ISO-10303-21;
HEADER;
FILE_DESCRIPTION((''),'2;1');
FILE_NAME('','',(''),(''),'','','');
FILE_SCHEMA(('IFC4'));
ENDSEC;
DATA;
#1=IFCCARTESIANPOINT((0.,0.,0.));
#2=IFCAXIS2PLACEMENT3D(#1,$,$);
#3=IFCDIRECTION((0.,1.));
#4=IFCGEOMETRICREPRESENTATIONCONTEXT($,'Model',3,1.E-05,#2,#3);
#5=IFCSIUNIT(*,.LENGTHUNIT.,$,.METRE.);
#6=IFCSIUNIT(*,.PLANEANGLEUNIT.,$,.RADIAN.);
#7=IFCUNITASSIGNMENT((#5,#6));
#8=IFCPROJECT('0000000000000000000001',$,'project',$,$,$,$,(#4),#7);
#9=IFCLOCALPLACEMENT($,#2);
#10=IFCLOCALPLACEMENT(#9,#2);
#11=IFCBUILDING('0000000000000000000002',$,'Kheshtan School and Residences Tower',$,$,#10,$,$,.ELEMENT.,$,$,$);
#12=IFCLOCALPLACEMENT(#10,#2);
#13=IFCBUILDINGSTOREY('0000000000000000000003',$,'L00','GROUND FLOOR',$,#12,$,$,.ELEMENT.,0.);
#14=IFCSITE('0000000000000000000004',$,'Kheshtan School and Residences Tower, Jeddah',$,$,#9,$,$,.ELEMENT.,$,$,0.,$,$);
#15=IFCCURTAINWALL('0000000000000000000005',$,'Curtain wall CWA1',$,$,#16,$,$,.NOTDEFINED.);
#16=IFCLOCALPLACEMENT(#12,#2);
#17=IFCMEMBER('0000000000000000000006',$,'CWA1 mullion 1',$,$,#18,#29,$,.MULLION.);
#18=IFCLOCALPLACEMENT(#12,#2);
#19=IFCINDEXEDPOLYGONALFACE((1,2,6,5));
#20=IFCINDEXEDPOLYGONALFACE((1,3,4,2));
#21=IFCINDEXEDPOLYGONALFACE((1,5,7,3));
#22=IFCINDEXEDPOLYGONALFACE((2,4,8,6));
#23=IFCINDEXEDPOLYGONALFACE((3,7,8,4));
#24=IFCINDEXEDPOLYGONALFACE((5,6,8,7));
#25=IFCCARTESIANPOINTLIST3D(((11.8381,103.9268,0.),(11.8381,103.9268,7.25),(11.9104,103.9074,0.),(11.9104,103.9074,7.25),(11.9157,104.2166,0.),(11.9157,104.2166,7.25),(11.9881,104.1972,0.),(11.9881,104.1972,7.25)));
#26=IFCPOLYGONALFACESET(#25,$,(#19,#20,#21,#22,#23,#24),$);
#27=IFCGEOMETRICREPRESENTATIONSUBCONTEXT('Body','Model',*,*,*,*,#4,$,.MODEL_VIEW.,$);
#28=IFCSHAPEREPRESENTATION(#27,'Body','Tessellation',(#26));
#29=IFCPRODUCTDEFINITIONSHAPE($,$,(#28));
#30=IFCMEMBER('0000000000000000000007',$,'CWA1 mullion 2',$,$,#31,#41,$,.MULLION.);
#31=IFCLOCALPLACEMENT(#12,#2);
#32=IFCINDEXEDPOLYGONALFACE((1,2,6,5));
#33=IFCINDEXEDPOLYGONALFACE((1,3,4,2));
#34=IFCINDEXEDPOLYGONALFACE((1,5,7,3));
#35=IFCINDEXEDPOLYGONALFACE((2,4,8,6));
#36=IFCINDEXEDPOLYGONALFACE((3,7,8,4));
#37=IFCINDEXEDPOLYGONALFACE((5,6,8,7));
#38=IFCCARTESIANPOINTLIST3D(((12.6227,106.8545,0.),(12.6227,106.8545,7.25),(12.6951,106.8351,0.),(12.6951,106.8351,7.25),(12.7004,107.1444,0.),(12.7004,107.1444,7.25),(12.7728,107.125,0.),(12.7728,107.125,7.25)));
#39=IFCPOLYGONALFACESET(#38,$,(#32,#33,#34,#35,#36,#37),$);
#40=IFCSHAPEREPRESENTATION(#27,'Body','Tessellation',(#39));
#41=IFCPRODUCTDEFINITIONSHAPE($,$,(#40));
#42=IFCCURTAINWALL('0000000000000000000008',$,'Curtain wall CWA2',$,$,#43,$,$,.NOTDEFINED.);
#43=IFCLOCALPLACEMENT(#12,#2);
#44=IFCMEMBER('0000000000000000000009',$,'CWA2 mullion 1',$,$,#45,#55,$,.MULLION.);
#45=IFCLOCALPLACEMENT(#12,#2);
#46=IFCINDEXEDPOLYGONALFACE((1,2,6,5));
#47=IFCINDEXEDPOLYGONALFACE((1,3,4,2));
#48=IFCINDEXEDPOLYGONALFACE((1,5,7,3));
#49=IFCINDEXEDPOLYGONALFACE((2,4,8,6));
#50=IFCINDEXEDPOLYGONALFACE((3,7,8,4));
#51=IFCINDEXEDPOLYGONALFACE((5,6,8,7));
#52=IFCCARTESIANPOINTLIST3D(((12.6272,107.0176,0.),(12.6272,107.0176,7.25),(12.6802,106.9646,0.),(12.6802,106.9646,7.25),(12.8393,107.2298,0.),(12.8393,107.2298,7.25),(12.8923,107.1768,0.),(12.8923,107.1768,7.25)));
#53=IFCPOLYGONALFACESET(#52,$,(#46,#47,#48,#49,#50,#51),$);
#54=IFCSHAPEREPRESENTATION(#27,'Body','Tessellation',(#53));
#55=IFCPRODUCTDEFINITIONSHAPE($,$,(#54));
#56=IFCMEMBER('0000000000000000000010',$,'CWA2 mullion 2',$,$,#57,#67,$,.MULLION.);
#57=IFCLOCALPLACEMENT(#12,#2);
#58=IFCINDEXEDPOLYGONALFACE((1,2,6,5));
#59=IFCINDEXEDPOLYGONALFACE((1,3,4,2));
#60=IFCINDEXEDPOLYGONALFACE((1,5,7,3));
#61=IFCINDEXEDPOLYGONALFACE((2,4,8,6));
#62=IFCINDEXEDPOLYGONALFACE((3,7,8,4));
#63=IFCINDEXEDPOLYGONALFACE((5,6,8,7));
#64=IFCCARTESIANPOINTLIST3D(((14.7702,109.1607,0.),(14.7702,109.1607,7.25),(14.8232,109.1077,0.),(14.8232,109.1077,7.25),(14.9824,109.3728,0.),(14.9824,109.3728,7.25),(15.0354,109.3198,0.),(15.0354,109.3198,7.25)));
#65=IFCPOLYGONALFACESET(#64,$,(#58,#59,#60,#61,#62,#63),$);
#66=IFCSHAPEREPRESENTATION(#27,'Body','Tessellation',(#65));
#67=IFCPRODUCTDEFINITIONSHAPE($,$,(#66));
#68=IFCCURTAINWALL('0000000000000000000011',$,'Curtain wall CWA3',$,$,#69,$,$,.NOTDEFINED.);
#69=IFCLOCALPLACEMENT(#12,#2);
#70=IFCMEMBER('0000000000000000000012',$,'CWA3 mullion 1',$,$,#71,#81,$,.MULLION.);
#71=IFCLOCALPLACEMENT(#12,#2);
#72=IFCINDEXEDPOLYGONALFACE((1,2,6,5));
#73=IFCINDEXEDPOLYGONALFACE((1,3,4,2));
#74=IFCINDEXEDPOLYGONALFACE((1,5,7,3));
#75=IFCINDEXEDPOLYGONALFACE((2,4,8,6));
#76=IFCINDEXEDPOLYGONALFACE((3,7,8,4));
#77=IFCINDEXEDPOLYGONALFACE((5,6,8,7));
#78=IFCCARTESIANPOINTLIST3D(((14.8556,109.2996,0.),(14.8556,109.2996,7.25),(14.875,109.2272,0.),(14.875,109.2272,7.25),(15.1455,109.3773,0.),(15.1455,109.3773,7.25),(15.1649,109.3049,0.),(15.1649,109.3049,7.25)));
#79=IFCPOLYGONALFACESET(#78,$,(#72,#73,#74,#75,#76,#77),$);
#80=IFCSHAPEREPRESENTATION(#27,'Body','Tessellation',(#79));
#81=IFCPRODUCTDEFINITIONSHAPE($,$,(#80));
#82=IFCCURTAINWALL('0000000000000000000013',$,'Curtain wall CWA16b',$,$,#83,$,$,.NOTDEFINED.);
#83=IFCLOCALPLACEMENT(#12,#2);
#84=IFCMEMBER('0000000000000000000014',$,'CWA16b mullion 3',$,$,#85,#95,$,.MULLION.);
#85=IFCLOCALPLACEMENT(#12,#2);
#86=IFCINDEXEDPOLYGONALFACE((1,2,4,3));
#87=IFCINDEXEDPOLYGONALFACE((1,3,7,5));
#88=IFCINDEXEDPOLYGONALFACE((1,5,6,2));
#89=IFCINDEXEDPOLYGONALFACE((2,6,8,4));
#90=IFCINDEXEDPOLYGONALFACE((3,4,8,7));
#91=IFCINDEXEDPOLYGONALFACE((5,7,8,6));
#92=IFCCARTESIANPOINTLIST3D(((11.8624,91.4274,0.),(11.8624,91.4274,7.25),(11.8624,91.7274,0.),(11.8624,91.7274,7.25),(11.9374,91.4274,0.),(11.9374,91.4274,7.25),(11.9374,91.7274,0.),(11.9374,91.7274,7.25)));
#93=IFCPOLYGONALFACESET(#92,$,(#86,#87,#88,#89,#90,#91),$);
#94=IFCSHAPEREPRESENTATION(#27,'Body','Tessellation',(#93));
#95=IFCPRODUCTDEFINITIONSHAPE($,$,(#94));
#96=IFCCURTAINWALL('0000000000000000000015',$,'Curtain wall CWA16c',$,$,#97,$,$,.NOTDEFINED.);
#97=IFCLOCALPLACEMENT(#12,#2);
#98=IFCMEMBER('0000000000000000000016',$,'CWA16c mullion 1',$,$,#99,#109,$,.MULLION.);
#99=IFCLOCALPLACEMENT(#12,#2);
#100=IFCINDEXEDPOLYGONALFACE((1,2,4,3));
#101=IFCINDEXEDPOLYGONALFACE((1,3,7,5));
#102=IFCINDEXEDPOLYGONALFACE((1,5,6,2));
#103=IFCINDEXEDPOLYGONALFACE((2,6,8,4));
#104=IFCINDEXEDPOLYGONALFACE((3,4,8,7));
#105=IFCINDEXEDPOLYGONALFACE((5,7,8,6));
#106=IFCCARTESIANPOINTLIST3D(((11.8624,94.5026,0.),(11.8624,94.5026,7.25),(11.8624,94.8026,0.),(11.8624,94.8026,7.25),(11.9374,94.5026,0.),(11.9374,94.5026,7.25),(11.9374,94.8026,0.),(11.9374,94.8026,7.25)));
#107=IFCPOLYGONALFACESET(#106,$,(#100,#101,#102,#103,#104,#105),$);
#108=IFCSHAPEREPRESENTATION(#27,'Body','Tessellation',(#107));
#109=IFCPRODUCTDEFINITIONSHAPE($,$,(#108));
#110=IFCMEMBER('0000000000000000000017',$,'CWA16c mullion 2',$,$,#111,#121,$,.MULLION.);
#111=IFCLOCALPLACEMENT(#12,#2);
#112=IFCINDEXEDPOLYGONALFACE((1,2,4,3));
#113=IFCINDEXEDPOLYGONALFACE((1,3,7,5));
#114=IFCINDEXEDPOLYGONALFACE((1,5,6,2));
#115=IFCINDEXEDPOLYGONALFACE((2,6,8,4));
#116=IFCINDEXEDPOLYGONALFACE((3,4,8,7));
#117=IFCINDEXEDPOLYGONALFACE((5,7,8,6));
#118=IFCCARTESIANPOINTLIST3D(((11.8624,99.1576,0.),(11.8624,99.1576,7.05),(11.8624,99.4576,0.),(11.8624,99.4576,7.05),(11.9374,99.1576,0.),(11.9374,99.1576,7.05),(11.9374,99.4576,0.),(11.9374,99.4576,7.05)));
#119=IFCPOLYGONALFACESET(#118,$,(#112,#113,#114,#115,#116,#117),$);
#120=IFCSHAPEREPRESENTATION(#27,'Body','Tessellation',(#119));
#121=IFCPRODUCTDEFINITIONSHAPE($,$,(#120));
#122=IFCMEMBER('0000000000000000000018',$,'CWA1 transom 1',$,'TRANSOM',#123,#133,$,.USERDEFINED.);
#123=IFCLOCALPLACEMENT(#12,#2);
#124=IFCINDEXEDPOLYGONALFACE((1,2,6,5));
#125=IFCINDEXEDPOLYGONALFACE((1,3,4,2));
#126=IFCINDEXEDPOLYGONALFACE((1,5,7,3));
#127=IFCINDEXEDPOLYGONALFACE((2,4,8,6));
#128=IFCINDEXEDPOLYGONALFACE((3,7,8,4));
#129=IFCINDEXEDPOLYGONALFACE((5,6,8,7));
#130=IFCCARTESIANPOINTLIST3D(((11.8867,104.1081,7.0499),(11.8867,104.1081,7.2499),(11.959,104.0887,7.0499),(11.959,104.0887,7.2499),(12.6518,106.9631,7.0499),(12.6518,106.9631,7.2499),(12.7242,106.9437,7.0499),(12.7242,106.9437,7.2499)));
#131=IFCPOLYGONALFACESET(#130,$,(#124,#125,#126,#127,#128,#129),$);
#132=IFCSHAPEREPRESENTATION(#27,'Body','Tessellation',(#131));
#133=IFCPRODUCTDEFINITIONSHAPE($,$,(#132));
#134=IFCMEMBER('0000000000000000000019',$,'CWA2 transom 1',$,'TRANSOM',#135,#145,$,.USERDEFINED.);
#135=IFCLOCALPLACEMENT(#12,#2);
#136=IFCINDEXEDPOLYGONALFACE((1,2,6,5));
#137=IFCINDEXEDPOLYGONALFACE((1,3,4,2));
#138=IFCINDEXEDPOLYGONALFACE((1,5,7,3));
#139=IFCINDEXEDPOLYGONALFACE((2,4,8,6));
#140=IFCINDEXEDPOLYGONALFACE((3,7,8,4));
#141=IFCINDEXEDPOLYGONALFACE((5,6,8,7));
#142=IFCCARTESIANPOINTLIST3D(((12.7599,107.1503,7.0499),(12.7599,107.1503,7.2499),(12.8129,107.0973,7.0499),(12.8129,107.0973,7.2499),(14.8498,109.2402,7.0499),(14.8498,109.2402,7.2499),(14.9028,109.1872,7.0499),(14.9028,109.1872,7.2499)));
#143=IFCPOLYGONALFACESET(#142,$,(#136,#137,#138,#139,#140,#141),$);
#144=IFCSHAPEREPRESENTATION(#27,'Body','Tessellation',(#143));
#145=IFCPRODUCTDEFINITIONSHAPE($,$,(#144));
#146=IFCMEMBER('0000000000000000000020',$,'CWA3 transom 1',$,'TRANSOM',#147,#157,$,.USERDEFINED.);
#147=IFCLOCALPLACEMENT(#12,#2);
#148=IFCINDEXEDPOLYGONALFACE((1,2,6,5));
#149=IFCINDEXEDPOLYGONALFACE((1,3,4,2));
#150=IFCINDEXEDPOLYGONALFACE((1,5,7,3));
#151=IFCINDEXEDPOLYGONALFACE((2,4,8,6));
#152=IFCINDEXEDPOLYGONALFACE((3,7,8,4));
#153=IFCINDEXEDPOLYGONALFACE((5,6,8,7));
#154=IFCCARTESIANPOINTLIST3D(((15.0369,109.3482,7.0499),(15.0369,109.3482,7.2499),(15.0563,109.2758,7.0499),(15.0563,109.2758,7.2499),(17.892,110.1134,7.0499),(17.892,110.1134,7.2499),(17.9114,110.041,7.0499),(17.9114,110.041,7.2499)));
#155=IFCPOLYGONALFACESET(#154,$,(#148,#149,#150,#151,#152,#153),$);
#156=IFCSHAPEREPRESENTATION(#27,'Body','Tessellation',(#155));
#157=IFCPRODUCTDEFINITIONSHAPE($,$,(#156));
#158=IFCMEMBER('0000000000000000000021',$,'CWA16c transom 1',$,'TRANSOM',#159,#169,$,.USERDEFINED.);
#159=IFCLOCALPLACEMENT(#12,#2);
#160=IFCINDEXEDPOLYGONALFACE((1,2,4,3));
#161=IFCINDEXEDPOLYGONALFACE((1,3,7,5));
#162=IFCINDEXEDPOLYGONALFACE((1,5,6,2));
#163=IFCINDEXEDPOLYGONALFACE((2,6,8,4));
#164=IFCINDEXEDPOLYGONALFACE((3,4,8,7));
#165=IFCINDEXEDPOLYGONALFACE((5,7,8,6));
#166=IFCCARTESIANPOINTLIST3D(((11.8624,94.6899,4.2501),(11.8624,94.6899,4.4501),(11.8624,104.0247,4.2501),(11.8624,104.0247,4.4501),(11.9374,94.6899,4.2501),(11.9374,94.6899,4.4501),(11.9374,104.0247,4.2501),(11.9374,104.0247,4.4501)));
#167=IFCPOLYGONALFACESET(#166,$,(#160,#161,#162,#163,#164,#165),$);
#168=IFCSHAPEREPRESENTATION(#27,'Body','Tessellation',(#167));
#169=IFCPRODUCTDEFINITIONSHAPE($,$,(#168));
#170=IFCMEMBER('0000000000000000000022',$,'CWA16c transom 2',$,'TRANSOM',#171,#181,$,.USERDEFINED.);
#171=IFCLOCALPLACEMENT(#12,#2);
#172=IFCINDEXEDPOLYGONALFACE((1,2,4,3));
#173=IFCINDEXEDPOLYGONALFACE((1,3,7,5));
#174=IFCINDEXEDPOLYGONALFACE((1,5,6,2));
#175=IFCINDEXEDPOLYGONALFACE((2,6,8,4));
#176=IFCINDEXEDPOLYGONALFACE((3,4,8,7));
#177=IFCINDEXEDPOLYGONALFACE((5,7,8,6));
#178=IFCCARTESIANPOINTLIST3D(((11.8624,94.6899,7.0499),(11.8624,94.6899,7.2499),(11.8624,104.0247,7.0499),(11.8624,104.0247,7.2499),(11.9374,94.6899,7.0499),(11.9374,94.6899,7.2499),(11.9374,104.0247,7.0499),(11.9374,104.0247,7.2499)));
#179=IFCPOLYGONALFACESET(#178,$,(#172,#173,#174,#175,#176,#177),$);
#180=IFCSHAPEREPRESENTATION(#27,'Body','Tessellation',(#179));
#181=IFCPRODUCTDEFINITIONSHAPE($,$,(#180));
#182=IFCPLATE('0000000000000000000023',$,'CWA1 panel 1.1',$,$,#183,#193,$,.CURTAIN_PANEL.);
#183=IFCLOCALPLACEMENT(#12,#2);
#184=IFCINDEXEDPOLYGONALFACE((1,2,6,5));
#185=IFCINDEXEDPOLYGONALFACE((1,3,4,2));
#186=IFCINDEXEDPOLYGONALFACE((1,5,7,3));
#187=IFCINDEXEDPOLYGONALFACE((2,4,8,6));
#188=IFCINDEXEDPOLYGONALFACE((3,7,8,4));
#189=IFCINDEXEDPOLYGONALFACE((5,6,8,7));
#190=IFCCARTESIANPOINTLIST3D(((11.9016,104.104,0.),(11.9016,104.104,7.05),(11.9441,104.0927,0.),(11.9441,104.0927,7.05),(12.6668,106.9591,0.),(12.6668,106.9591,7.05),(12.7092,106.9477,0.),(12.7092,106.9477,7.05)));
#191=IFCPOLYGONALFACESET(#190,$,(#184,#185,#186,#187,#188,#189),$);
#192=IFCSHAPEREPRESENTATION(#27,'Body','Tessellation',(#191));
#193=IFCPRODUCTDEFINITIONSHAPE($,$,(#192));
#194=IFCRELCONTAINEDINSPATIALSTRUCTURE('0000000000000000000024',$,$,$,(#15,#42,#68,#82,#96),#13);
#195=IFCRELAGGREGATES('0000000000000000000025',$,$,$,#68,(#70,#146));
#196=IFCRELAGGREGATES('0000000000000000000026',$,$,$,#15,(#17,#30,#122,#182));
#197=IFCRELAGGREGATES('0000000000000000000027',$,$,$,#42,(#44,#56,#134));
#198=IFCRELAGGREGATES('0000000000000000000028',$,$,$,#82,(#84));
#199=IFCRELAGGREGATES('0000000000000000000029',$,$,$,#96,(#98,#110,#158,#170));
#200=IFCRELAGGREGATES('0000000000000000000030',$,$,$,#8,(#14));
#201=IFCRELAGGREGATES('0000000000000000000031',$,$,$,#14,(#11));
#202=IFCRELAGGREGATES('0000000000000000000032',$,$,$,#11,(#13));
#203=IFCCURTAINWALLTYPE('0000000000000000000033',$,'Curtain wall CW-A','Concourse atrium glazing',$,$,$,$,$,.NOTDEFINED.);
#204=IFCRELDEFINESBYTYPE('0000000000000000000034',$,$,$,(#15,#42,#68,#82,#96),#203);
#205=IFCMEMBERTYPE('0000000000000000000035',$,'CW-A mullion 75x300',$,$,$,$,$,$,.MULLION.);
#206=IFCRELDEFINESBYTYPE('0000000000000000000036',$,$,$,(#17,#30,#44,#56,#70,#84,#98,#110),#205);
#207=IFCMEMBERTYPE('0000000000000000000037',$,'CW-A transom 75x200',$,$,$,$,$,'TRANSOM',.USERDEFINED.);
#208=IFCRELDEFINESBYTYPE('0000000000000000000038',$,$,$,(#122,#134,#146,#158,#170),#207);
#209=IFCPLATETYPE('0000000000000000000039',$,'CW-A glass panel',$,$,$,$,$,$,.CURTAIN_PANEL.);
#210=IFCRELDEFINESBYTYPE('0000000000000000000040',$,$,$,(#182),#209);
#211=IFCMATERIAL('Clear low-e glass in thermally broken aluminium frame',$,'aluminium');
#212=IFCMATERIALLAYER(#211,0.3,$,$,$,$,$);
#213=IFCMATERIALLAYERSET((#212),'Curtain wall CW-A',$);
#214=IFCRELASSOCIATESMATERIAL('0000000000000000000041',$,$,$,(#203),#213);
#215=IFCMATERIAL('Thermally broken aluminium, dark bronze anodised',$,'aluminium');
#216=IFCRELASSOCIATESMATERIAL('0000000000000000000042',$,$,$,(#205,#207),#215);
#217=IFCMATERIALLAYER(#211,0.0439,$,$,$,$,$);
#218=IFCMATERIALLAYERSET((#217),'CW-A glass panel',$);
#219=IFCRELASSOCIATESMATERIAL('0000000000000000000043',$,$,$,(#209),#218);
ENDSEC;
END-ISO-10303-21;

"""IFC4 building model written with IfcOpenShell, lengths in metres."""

from ifc_helpers import new_model, si_unit, direction, frame, origin, origin_2d, place, context, subcontext, project, spatial, rectangle, extrude, material, layer, layer_set, material_profile, profile_set, type_object, element, aggregate, save


model = new_model("IFC4")

# Units and contexts
model_context = context("Model", 3, precision=1e-05, world=origin(), true_north=direction((0.0, 1.0)))
body_context = subcontext(model_context, "Body", "Model", "MODEL_VIEW")
ifc_project = project(units=[si_unit("LENGTHUNIT", "METRE"), si_unit("PLANEANGLEUNIT", "RADIAN")], contexts=[model_context])

# Site, building, storey
site_placement = place(None, origin())
site = spatial("IfcSite", under=ifc_project, at=site_placement, Name="Kheshtan School and Residences Tower, Jeddah", CompositionType="ELEMENT", RefElevation=0.0)
building_placement = place(site_placement, origin())
building = spatial("IfcBuilding", under=site, at=building_placement, Name="Kheshtan School and Residences Tower", CompositionType="ELEMENT")
storey_placement = place(building_placement, origin())
storey = spatial("IfcBuildingStorey", under=building, at=storey_placement, Name="L00", Description="GROUND FLOOR", CompositionType="ELEMENT", Elevation=0.0)

# Curtain walls, members
ifc_material_1 = material(Name="Clear low-e glass in thermally broken aluminium frame", Category="aluminium")
ifc_layer_1 = layer(ifc_material_1, 0.3)
ifc_layer_set_1 = layer_set([ifc_layer_1], Name="Curtain wall CW-A")
curtain_wall_type = type_object("IfcCurtainWallType", Name="Curtain wall CW-A", Description="Concourse atrium glazing", PredefinedType="NOTDEFINED", material=ifc_layer_set_1)
curtain_wall_1_placement = place(storey_placement, origin())
curtain_wall_1 = element("IfcCurtainWall", 1, at=curtain_wall_1_placement, inside=storey, type_object=curtain_wall_type, Name="Curtain wall CWA1", PredefinedType="NOTDEFINED")
ifc_material_2 = material(Name="Thermally broken aluminium, dark bronze anodised", Category="aluminium")
ifc_material_profile_1 = material_profile(ifc_material_2, rectangle(XDim=0.075, YDim=0.3, at=origin_2d()), Name="CW-A mullion 75x300")
ifc_profile_set_1 = profile_set([ifc_material_profile_1], Name="Thermally broken aluminium, dark bronze anodised")
member_type_1 = type_object("IfcMemberType", Name="CW-A mullion 75x300", PredefinedType="MULLION", material=ifc_profile_set_1)
member_1_placement = place(storey_placement, frame((11.9131, 104.062, 0.0), z_axis=(0.0, 0.0, 1.0), x_axis=(-0.965914, 0.258865, 0.0)))
member_1 = element("IfcMember", 2, at=member_1_placement, type_object=member_type_1, Name="CWA1 mullion 1", PredefinedType="MULLION", context=body_context, shape_type="SweptSolid", body=[
    extrude(rectangle(XDim=0.075, YDim=0.3, at=origin_2d()), origin(), (0.0, 0.0, 1.0), 7.25),
])
member_2_placement = place(storey_placement, frame((12.6978, 106.9897, 0.0), z_axis=(0.0, 0.0, 1.0), x_axis=(-0.965914, 0.258865, 0.0)))
member_2 = element("IfcMember", 3, at=member_2_placement, type_object=member_type_1, Name="CWA1 mullion 2", PredefinedType="MULLION", context=body_context, shape_type="SweptSolid", body=[
    extrude(rectangle(XDim=0.075, YDim=0.3, at=origin_2d()), origin(), (0.0, 0.0, 1.0), 7.25),
])
curtain_wall_2_placement = place(storey_placement, origin())
curtain_wall_2 = element("IfcCurtainWall", 4, at=curtain_wall_2_placement, inside=storey, type_object=curtain_wall_type, Name="Curtain wall CWA2", PredefinedType="NOTDEFINED")
member_3_placement = place(storey_placement, frame((12.7598, 107.0972, 0.0), z_axis=(0.0, 0.0, 1.0), x_axis=(-0.707107, 0.707107, 0.0)))
member_3 = element("IfcMember", 5, at=member_3_placement, type_object=member_type_1, Name="CWA2 mullion 1", PredefinedType="MULLION", context=body_context, shape_type="SweptSolid", body=[
    extrude(rectangle(XDim=0.075, YDim=0.3, at=origin_2d()), origin(), (0.0, 0.0, 1.0), 7.25),
])
member_4_placement = place(storey_placement, frame((14.9028, 109.2402, 0.0), z_axis=(0.0, 0.0, 1.0), x_axis=(-0.707107, 0.707107, 0.0)))
member_4 = element("IfcMember", 6, at=member_4_placement, type_object=member_type_1, Name="CWA2 mullion 2", PredefinedType="MULLION", context=body_context, shape_type="SweptSolid", body=[
    extrude(rectangle(XDim=0.075, YDim=0.3, at=origin_2d()), origin(), (0.0, 0.0, 1.0), 7.25),
])

# Curtain walls, members
curtain_wall_3_placement = place(storey_placement, origin())
curtain_wall_3 = element("IfcCurtainWall", 7, at=curtain_wall_3_placement, inside=storey, type_object=curtain_wall_type, Name="Curtain wall CWA3", PredefinedType="NOTDEFINED")
member_5_placement = place(storey_placement, frame((15.0103, 109.3022, 0.0), z_axis=(0.0, 0.0, 1.0), x_axis=(-0.258865, 0.965914, 0.0)))
member_5 = element("IfcMember", 8, at=member_5_placement, type_object=member_type_1, Name="CWA3 mullion 1", PredefinedType="MULLION", context=body_context, shape_type="SweptSolid", body=[
    extrude(rectangle(XDim=0.075, YDim=0.3, at=origin_2d()), origin(), (0.0, 0.0, 1.0), 7.25),
])
curtain_wall_4_placement = place(storey_placement, origin())
curtain_wall_4 = element("IfcCurtainWall", 9, at=curtain_wall_4_placement, inside=storey, type_object=curtain_wall_type, Name="Curtain wall CWA16b", PredefinedType="NOTDEFINED")
member_6_placement = place(storey_placement, frame((11.8999, 91.5774, 0.0), z_axis=(0.0, 0.0, 1.0), x_axis=(-1.0, 0.0, 0.0)))
member_6 = element("IfcMember", 10, at=member_6_placement, type_object=member_type_1, Name="CWA16b mullion 3", PredefinedType="MULLION", context=body_context, shape_type="SweptSolid", body=[
    extrude(rectangle(XDim=0.075, YDim=0.3, at=origin_2d()), origin(), (0.0, 0.0, 1.0), 7.25),
])

# Curtain wall, members
curtain_wall_5_placement = place(storey_placement, origin())
curtain_wall_5 = element("IfcCurtainWall", 11, at=curtain_wall_5_placement, inside=storey, type_object=curtain_wall_type, Name="Curtain wall CWA16c", PredefinedType="NOTDEFINED")
member_7_placement = place(storey_placement, frame((11.8999, 94.6526, 0.0), z_axis=(0.0, 0.0, 1.0), x_axis=(-1.0, 0.0, 0.0)))
member_7 = element("IfcMember", 12, at=member_7_placement, type_object=member_type_1, Name="CWA16c mullion 1", PredefinedType="MULLION", context=body_context, shape_type="SweptSolid", body=[
    extrude(rectangle(XDim=0.075, YDim=0.3, at=origin_2d()), origin(), (0.0, 0.0, 1.0), 7.25),
])
member_8_placement = place(storey_placement, frame((11.8999, 99.3076, 0.0), z_axis=(0.0, 0.0, 1.0), x_axis=(-1.0, 0.0, 0.0)))
member_8 = element("IfcMember", 13, at=member_8_placement, type_object=member_type_1, Name="CWA16c mullion 2", PredefinedType="MULLION", context=body_context, shape_type="SweptSolid", body=[
    extrude(rectangle(XDim=0.075, YDim=0.3, at=origin_2d()), origin(), (0.0, 0.0, 1.0), 7.05),
])

# Members
ifc_material_profile_2 = material_profile(ifc_material_2, rectangle(XDim=0.075, YDim=0.2, at=origin_2d()), Name="CW-A transom 75x200")
ifc_profile_set_2 = profile_set([ifc_material_profile_2], Name="Thermally broken aluminium, dark bronze anodised")
member_type_2 = type_object("IfcMemberType", Name="CW-A transom 75x200", ElementType="TRANSOM", PredefinedType="USERDEFINED", material=ifc_profile_set_2)
member_9_placement = place(storey_placement, frame((11.9229, 104.0984, 7.1499), z_axis=(0.258865, 0.965913, 0.0), x_axis=(-0.965913, 0.258865, 0.0)))
member_9 = element("IfcMember", 14, at=member_9_placement, type_object=member_type_2, Name="CWA1 transom 1", ObjectType="TRANSOM", PredefinedType="USERDEFINED", context=body_context, shape_type="SweptSolid", body=[
    extrude(rectangle(XDim=0.075, YDim=0.2, at=origin_2d()), origin(), (0.0, 0.0, 1.0), 2.9558),
])
member_10_placement = place(storey_placement, frame((12.7864, 107.1238, 7.1499), z_axis=(0.707107, 0.707107, 0.0), x_axis=(-0.707107, 0.707107, 0.0)))
member_10 = element("IfcMember", 15, at=member_10_placement, type_object=member_type_2, Name="CWA2 transom 1", ObjectType="TRANSOM", PredefinedType="USERDEFINED", context=body_context, shape_type="SweptSolid", body=[
    extrude(rectangle(XDim=0.075, YDim=0.2, at=origin_2d()), origin(), (0.0, 0.0, 1.0), 2.9556),
])
member_11_placement = place(storey_placement, frame((15.0466, 109.312, 7.1499), z_axis=(0.965913, 0.258865, 0.0), x_axis=(-0.258865, 0.965913, 0.0)))
member_11 = element("IfcMember", 16, at=member_11_placement, type_object=member_type_2, Name="CWA3 transom 1", ObjectType="TRANSOM", PredefinedType="USERDEFINED", context=body_context, shape_type="SweptSolid", body=[
    extrude(rectangle(XDim=0.075, YDim=0.2, at=origin_2d()), origin(), (0.0, 0.0, 1.0), 2.9558),
])
aggregate(curtain_wall_3, [member_5, member_11])
member_12_placement = place(storey_placement, frame((11.8999, 94.6899, 4.3501), z_axis=(0.0, 1.0, 0.0), x_axis=(-1.0, 0.0, 0.0)))
member_12 = element("IfcMember", 17, at=member_12_placement, type_object=member_type_2, Name="CWA16c transom 1", ObjectType="TRANSOM", PredefinedType="USERDEFINED", context=body_context, shape_type="SweptSolid", body=[
    extrude(rectangle(XDim=0.075, YDim=0.2, at=origin_2d()), origin(), (0.0, 0.0, 1.0), 9.3347),
])
member_13_placement = place(storey_placement, frame((11.8999, 94.6899, 7.1499), z_axis=(0.0, 1.0, 0.0), x_axis=(-1.0, 0.0, 0.0)))
member_13 = element("IfcMember", 18, at=member_13_placement, type_object=member_type_2, Name="CWA16c transom 2", ObjectType="TRANSOM", PredefinedType="USERDEFINED", context=body_context, shape_type="SweptSolid", body=[
    extrude(rectangle(XDim=0.075, YDim=0.2, at=origin_2d()), origin(), (0.0, 0.0, 1.0), 9.3347),
])

# Plate
ifc_layer_2 = layer(ifc_material_1, 0.0439)
ifc_layer_set_2 = layer_set([ifc_layer_2], Name="CW-A glass panel")
plate_type = type_object("IfcPlateType", Name="CW-A glass panel", PredefinedType="CURTAIN_PANEL", material=ifc_layer_set_2)
plate_1_placement = place(storey_placement, frame((12.3054, 105.5259, 0.0), z_axis=(0.0, 0.0, 1.0), x_axis=(0.258865, 0.965914, 0.0)))
plate_1 = element("IfcPlate", 19, at=plate_1_placement, type_object=plate_type, Name="CWA1 panel 1.1", PredefinedType="CURTAIN_PANEL", context=body_context, shape_type="SweptSolid", body=[
    extrude(rectangle(XDim=2.9558, YDim=0.0439, at=origin_2d()), origin(), (0.0, 0.0, 1.0), 7.05),
])
aggregate(curtain_wall_1, [member_1, member_2, member_9, plate_1])
aggregate(curtain_wall_2, [member_3, member_4, member_10])
aggregate(curtain_wall_4, [member_6])
aggregate(curtain_wall_5, [member_7, member_8, member_12, member_13])

save(model, "model.ifc")
